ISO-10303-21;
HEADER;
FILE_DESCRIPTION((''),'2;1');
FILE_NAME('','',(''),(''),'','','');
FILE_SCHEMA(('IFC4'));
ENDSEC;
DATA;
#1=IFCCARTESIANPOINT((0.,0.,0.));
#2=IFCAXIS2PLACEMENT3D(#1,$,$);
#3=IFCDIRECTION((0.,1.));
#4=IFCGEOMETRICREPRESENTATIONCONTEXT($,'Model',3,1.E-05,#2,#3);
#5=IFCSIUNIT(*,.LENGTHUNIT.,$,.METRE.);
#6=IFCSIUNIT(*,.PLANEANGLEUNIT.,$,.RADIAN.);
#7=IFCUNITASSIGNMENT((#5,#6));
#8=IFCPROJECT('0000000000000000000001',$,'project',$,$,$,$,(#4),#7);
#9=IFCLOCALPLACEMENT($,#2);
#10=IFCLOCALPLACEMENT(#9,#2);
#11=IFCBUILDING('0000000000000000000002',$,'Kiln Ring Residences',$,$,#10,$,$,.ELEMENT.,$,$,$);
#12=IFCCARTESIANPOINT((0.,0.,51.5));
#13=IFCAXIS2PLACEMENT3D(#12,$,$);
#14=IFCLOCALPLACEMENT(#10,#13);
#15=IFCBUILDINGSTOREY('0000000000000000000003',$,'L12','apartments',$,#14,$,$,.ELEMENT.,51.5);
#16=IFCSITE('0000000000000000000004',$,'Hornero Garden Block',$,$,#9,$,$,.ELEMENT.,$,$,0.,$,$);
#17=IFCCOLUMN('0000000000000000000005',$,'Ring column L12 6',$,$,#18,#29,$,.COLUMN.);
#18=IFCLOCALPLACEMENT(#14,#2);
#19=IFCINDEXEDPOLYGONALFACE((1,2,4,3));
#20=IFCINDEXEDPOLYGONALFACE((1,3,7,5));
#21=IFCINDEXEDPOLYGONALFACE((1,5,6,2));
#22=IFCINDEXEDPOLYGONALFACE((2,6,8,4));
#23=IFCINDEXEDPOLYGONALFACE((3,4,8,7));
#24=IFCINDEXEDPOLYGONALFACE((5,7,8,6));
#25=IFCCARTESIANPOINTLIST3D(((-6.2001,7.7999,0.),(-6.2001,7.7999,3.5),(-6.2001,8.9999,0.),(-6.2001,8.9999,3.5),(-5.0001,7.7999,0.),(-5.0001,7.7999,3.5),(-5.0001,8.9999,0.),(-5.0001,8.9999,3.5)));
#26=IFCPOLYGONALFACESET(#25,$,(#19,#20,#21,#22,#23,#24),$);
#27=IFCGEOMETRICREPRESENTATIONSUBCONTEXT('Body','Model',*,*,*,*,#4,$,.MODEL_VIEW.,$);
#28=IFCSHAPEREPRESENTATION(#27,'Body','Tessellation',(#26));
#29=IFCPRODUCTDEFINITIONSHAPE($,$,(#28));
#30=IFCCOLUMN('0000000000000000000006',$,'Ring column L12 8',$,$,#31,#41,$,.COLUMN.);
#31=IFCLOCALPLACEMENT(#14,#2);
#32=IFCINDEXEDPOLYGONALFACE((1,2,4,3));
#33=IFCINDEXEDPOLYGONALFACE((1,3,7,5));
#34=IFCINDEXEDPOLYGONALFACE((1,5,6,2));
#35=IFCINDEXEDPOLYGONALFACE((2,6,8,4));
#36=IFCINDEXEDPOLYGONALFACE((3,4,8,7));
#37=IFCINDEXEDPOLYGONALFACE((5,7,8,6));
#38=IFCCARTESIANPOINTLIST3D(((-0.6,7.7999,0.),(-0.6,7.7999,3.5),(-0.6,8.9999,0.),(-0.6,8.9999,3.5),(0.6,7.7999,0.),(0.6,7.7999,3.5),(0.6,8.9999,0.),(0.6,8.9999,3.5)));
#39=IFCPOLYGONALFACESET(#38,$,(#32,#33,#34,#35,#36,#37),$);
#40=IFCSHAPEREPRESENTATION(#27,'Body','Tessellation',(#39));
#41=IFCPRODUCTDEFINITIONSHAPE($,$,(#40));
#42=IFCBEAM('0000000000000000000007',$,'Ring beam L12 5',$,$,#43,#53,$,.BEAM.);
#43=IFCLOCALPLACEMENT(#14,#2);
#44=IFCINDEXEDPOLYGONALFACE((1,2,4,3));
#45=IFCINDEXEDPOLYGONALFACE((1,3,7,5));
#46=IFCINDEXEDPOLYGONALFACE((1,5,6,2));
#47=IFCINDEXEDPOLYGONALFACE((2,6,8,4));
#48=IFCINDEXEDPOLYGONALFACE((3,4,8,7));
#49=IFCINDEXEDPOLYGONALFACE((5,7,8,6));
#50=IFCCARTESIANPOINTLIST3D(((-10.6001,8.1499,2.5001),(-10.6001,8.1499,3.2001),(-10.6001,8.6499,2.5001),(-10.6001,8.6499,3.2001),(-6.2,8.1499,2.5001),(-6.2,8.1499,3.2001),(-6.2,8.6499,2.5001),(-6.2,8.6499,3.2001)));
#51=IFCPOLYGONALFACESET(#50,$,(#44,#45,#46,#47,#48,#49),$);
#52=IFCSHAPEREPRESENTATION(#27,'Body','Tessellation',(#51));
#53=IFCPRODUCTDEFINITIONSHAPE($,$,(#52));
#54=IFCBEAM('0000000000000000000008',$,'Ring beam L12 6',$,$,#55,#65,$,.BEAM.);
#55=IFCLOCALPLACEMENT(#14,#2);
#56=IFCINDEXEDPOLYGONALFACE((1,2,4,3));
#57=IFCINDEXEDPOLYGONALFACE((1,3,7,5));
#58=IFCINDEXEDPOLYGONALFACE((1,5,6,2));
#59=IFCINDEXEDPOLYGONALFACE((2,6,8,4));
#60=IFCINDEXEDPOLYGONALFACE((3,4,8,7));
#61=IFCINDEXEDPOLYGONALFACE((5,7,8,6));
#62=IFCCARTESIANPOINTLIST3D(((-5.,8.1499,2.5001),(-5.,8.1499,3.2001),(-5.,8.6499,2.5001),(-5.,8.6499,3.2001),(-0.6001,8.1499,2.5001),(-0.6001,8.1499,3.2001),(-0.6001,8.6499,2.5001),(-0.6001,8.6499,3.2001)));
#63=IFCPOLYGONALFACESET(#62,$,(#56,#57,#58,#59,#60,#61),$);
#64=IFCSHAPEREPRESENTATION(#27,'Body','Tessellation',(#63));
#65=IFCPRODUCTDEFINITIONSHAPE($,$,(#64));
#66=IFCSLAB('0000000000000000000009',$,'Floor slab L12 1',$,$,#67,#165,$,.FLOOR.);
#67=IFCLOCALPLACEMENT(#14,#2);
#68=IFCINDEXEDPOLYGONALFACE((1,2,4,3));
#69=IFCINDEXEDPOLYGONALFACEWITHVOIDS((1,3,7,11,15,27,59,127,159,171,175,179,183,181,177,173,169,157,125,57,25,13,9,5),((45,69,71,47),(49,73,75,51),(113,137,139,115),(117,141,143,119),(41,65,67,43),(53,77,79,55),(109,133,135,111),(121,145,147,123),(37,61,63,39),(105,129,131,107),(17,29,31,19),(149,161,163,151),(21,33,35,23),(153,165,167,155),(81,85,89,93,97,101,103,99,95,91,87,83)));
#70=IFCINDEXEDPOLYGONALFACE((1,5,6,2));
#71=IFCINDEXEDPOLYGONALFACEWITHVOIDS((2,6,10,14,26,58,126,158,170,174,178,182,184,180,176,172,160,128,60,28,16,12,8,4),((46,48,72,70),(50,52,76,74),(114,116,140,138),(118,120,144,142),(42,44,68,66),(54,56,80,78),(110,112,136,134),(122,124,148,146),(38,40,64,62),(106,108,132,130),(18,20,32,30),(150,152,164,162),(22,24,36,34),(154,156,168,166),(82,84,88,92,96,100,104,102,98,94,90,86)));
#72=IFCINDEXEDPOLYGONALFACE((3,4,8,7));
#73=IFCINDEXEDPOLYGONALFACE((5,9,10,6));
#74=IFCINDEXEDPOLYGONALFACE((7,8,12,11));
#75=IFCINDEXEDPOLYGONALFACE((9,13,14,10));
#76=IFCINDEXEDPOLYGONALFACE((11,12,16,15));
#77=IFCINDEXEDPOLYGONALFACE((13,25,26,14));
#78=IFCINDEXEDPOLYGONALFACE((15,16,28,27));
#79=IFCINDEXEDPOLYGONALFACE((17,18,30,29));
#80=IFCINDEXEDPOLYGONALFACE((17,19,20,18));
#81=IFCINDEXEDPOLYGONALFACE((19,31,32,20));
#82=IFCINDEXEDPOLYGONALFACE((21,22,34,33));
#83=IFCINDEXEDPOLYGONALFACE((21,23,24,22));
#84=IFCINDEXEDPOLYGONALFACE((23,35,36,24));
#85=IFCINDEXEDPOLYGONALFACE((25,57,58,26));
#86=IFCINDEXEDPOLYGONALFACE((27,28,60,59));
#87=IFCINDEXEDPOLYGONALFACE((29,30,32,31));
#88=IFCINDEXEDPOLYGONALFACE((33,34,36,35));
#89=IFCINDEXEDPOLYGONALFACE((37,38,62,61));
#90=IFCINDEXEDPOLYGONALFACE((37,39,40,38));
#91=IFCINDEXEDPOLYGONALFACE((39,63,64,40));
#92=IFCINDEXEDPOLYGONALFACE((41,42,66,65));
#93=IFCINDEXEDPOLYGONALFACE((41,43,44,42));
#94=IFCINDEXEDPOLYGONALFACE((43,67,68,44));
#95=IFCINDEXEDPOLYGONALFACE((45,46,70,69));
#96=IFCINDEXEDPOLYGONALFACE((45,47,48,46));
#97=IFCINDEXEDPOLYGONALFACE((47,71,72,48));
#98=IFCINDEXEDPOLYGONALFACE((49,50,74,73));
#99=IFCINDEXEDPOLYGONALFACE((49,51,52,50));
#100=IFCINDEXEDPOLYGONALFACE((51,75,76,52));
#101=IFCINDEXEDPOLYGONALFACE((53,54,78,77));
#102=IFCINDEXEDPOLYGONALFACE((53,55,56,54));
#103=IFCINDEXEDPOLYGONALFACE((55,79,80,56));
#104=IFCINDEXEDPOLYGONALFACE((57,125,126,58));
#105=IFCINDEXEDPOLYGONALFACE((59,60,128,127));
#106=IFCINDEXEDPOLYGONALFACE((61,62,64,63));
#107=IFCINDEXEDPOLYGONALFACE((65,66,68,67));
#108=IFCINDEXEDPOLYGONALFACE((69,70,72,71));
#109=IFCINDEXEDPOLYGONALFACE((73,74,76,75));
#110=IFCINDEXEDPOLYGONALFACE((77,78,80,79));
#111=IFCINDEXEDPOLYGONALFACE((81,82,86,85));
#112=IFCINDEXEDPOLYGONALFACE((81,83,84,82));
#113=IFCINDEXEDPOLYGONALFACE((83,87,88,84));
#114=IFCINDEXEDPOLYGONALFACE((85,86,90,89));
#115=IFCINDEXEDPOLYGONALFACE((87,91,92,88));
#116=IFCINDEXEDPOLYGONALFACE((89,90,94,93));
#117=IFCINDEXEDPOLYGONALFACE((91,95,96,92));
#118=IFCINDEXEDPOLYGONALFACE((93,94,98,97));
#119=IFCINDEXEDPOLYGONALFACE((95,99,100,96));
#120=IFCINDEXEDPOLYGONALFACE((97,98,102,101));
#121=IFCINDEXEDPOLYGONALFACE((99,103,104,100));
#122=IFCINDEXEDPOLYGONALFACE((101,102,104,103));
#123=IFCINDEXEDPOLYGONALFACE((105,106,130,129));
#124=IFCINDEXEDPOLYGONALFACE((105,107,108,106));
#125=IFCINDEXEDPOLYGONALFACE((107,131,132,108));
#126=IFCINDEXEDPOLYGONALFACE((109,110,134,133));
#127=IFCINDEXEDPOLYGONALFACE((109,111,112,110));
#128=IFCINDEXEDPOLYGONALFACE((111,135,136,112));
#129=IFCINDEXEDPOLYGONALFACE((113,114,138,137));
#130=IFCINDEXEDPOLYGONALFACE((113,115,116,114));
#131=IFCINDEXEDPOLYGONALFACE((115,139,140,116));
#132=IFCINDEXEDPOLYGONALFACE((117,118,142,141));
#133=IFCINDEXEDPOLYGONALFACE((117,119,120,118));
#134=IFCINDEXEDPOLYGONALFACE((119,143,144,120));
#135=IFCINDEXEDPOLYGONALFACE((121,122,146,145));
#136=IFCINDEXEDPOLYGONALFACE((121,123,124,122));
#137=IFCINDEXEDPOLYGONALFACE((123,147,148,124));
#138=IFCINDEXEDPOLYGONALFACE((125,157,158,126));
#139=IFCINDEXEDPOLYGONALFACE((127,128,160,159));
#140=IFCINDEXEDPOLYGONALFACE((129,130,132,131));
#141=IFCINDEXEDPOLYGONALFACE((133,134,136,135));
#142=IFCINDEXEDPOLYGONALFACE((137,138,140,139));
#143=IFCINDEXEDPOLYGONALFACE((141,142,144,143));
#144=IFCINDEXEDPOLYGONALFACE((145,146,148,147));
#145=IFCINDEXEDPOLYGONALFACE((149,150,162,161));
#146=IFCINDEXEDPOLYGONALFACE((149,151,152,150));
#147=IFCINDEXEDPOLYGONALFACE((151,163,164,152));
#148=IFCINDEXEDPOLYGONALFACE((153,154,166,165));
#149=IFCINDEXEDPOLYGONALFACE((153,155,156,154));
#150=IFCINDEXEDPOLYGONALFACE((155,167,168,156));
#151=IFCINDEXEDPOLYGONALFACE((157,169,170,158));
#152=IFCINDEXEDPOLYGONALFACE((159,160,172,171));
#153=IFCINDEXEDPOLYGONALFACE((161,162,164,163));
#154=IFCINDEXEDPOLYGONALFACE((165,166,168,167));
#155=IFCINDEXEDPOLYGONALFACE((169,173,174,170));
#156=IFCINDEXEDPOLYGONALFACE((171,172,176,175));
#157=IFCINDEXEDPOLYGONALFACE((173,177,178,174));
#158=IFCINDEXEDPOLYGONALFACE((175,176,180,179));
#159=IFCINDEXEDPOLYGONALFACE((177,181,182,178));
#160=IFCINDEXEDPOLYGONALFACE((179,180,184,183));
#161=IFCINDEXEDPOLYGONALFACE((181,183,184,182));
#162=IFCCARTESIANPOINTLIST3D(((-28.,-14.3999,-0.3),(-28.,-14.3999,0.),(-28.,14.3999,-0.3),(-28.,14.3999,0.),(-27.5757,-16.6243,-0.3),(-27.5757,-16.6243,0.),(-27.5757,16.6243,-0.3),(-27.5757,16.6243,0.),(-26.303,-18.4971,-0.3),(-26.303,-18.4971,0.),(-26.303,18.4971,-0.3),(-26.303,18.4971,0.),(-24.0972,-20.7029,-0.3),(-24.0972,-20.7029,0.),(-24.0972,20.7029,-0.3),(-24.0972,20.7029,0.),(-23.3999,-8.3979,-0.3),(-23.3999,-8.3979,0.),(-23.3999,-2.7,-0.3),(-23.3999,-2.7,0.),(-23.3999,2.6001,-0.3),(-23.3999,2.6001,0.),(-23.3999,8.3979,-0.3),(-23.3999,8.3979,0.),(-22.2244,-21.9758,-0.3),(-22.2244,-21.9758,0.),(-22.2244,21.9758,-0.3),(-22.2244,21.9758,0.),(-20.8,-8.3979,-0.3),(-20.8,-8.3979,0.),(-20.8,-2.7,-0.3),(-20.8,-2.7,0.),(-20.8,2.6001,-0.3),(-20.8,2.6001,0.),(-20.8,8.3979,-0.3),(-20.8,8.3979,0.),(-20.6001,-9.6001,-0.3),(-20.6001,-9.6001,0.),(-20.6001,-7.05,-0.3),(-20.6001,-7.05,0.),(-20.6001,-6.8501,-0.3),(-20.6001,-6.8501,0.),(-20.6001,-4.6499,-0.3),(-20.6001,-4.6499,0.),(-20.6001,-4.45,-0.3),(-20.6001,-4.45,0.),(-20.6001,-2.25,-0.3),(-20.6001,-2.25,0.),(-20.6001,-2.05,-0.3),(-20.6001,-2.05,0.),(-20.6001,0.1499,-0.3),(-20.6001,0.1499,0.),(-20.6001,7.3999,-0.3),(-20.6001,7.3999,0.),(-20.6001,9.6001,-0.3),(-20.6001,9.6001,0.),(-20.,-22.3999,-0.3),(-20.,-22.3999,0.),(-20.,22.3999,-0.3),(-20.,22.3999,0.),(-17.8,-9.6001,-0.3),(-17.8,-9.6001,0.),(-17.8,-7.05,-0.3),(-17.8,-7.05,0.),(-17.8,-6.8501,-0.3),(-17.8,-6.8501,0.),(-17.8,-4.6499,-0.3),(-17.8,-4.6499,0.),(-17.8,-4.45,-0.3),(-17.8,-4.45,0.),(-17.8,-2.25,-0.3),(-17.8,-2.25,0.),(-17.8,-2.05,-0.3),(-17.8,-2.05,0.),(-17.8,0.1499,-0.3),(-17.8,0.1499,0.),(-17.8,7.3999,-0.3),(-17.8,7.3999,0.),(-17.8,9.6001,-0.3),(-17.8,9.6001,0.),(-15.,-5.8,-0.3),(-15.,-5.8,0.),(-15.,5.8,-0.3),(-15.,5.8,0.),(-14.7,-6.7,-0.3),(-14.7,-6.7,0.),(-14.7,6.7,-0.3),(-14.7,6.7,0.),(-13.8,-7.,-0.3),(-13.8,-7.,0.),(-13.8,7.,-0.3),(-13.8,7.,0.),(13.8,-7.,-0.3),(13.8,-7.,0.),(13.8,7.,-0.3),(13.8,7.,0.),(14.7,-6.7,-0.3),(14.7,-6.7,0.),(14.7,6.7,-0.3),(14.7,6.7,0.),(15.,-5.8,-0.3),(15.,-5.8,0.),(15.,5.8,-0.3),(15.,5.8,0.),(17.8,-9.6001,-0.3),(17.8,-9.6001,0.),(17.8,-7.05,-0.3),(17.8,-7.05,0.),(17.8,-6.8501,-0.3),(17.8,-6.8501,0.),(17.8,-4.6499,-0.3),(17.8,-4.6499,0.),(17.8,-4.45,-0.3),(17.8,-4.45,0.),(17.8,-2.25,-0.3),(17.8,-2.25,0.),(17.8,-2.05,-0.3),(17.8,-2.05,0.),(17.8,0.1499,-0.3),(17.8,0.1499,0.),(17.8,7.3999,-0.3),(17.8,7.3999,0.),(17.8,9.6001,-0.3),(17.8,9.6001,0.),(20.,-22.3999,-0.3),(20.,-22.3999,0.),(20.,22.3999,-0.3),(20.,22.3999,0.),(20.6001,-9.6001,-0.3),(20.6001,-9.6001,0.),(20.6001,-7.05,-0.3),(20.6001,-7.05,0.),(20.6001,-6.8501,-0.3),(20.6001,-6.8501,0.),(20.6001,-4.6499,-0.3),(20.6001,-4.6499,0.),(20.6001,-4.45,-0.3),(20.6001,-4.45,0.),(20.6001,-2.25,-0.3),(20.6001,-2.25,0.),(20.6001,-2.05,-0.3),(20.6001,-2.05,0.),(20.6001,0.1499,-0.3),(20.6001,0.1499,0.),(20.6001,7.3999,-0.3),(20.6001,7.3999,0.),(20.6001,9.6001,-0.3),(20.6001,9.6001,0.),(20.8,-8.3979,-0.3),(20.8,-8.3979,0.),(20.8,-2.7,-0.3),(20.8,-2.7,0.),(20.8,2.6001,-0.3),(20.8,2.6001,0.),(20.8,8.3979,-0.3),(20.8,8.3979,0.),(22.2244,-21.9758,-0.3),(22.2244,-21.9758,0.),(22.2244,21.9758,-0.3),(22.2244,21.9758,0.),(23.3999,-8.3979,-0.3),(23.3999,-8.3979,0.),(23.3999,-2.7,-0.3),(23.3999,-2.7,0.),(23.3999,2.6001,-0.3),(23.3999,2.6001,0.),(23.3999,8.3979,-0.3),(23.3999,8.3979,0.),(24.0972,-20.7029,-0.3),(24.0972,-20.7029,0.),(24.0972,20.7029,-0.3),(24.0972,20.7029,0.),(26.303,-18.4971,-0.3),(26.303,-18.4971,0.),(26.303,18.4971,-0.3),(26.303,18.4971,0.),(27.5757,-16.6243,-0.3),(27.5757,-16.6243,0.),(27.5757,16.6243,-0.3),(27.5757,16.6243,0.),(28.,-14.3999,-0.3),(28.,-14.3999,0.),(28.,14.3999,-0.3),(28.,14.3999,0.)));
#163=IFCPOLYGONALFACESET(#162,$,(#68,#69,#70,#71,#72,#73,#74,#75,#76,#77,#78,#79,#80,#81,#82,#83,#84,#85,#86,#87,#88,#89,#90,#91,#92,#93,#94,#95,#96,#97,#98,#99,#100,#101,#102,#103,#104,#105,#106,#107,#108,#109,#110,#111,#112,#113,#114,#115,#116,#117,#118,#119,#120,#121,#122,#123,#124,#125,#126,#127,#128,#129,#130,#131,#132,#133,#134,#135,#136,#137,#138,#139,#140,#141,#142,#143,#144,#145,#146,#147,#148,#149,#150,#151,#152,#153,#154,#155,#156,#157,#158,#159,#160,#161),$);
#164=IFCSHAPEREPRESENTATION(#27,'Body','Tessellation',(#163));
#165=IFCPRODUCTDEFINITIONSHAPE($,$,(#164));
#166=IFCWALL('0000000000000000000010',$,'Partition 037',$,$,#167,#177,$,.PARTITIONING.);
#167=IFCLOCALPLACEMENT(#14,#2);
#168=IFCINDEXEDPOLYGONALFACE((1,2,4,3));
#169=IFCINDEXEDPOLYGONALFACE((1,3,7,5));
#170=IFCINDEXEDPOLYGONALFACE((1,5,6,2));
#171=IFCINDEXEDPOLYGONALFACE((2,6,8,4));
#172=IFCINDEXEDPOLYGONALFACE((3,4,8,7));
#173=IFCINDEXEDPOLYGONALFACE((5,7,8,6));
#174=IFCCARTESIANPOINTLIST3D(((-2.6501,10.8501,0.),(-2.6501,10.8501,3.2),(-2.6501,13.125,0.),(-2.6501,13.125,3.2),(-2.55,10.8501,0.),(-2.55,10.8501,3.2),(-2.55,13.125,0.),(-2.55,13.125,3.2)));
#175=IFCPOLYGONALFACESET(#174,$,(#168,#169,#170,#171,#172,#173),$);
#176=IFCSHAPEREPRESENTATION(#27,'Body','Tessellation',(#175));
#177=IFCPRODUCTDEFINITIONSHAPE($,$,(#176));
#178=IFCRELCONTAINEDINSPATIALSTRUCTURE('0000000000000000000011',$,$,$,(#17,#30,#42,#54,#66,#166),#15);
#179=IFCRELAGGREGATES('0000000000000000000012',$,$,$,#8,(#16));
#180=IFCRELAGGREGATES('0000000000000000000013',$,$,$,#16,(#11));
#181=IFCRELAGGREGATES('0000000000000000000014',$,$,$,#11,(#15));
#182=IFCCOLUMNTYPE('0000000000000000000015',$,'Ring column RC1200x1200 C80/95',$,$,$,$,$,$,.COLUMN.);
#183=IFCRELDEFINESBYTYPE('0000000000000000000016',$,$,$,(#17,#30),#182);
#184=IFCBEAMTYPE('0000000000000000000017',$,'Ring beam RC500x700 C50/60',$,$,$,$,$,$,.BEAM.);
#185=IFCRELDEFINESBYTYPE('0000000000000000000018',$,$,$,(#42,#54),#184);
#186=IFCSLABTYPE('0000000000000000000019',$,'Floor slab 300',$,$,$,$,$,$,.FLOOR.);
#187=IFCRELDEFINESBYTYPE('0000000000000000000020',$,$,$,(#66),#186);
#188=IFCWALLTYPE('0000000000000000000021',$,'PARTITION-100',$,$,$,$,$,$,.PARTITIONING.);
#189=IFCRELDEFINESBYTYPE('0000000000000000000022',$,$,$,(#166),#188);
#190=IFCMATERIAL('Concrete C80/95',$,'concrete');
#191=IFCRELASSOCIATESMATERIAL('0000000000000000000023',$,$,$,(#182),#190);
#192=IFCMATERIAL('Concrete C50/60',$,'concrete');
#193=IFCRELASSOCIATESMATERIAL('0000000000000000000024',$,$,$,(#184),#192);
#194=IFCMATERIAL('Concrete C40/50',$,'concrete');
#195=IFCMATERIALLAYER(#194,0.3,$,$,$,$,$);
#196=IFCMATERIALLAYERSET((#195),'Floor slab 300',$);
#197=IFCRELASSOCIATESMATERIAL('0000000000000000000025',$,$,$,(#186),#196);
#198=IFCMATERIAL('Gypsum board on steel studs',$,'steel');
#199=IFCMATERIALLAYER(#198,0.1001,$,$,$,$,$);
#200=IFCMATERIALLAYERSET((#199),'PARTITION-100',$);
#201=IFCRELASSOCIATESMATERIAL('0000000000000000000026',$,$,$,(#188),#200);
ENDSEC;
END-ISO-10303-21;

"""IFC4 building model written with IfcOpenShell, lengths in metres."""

from ifc_helpers import new_model, si_unit, direction, frame, frame_2d, origin, origin_2d, place, context, subcontext, project, spatial, polyline, rectangle, outline, extrude, material, layer, layer_set, material_profile, profile_set, type_object, element, save


model = new_model("IFC4")

# Units and contexts
model_context = context("Model", 3, precision=1e-05, world=origin(), true_north=direction((0.0, 1.0)))
body_context = subcontext(model_context, "Body", "Model", "MODEL_VIEW")
ifc_project = project(units=[si_unit("LENGTHUNIT", "METRE"), si_unit("PLANEANGLEUNIT", "RADIAN")], contexts=[model_context])

# Site, building, storey
site_placement = place(None, origin())
site = spatial("IfcSite", under=ifc_project, at=site_placement, Name="Hornero Garden Block", CompositionType="ELEMENT", RefElevation=0.0)
building_placement = place(site_placement, origin())
building = spatial("IfcBuilding", under=site, at=building_placement, Name="Kiln Ring Residences", CompositionType="ELEMENT")
storey_placement = place(building_placement, frame((0.0, 0.0, 51.5)))
storey = spatial("IfcBuildingStorey", under=building, at=storey_placement, Name="L12", Description="apartments", CompositionType="ELEMENT", Elevation=51.5)

# Columns
ifc_material_1 = material(Name="Concrete C80/95", Category="concrete")
ifc_material_profile_1 = material_profile(ifc_material_1, rectangle(XDim=1.2, YDim=1.2, at=origin_2d()), Name="RC1200x1200")
ifc_profile_set_1 = profile_set([ifc_material_profile_1], Name="Concrete C80/95")
column_type = type_object("IfcColumnType", Name="Ring column RC1200x1200 C80/95", PredefinedType="COLUMN", material=ifc_profile_set_1)
for number, where, z_axis, x_axis, name in (
    (1, (-5.6001, 8.3999, 0.0), (0.0, 0.0, 1.0), (1.0, 0.0, 0.0), "Ring column L12 6"),
    (2, (0.0, 8.3999, 0.0), (0.0, 0.0, 1.0), (1.0, 0.0, 0.0), "Ring column L12 8"),
):
    element("IfcColumn", number, at=place(storey_placement, frame(where, z_axis=z_axis, x_axis=x_axis)), inside=storey, type_object=column_type, Name=name, PredefinedType="COLUMN", context=body_context, shape_type="SweptSolid", body=[
        extrude(rectangle(XDim=1.2, YDim=1.2, at=origin_2d()), origin(), (0.0, 0.0, 1.0), 3.5),
    ])

# Beams
ifc_material_2 = material(Name="Concrete C50/60", Category="concrete")
ifc_material_profile_2 = material_profile(ifc_material_2, rectangle(XDim=0.5, YDim=0.7, at=origin_2d()), Name="RC500x700")
ifc_profile_set_2 = profile_set([ifc_material_profile_2], Name="Concrete C50/60")
beam_type = type_object("IfcBeamType", Name="Ring beam RC500x700 C50/60", PredefinedType="BEAM", material=ifc_profile_set_2)
beam_1_placement = place(storey_placement, frame((-10.6001, 8.3999, 2.8501), z_axis=(1.0, 0.0, 0.0), x_axis=(0.0, 1.0, 0.0)))
element("IfcBeam", 3, at=beam_1_placement, inside=storey, type_object=beam_type, Name="Ring beam L12 5", PredefinedType="BEAM", context=body_context, shape_type="SweptSolid", body=[
    extrude(rectangle(XDim=0.5, YDim=0.7, at=origin_2d()), origin(), (0.0, 0.0, 1.0), 4.4001),
])
beam_2_placement = place(storey_placement, frame((-5.0, 8.3999, 2.8501), z_axis=(1.0, 0.0, 0.0), x_axis=(0.0, 1.0, 0.0)))
element("IfcBeam", 4, at=beam_2_placement, inside=storey, type_object=beam_type, Name="Ring beam L12 6", PredefinedType="BEAM", context=body_context, shape_type="SweptSolid", body=[
    extrude(rectangle(XDim=0.5, YDim=0.7, at=origin_2d()), origin(), (0.0, 0.0, 1.0), 4.3999),
])

# Slab
ifc_material_3 = material(Name="Concrete C40/50", Category="concrete")
ifc_layer_1 = layer(ifc_material_3, 0.3)
ifc_layer_set_1 = layer_set([ifc_layer_1], Name="Floor slab 300")
slab_type = type_object("IfcSlabType", Name="Floor slab 300", PredefinedType="FLOOR", material=ifc_layer_set_1)
slab_placement = place(storey_placement, frame((0.0, 0.0, -0.3)))
element("IfcSlab", 5, at=slab_placement, inside=storey, type_object=slab_type, Name="Floor slab L12 1", PredefinedType="FLOOR", context=body_context, shape_type="SweptSolid", body=[
    extrude(outline(polyline([(-26.303, -18.4971), (-24.0972, -20.7029), (-22.2244, -21.9758), (-20.0, -22.3999), (20.0, -22.3999), (22.2244, -21.9758), (24.0972, -20.7029), (26.303, -18.4971), (27.5757, -16.6243), (28.0, -14.3999), (28.0, 14.3999), (27.5757, 16.6243), (26.303, 18.4971), (24.0972, 20.7029), (22.2244, 21.9758), (20.0, 22.3999), (-20.0, 22.3999), (-22.2244, 21.9758), (-24.0972, 20.7029), (-26.303, 18.4971), (-27.5757, 16.6243), (-28.0, 14.3999), (-28.0, -14.3999), (-27.5757, -16.6243), (-26.303, -18.4971)]), holes=[polyline([(-14.7, -6.7), (-15.0, -5.8), (-15.0, 5.8), (-14.7, 6.7), (-13.8, 7.0), (13.8, 7.0), (14.7, 6.7), (15.0, 5.8), (15.0, -5.8), (14.7, -6.7), (13.8, -7.0), (-13.8, -7.0), (-14.7, -6.7)]), polyline([(20.8, -8.3979), (20.8, -2.7), (23.3999, -2.7), (23.3999, -8.3979), (20.8, -8.3979)]), polyline([(20.8, 2.6001), (20.8, 8.3979), (23.3999, 8.3979), (23.3999, 2.6001), (20.8, 2.6001)]), polyline([(17.8, -6.8501), (17.8, -4.6499), (20.6001, -4.6499), (20.6001, -6.8501), (17.8, -6.8501)]), polyline([(17.8, -4.45), (17.8, -2.25), (20.6001, -2.25), (20.6001, -4.45), (17.8, -4.45)]), polyline([(17.8, -2.05), (17.8, 0.1499), (20.6001, 0.1499), (20.6001, -2.05), (17.8, -2.05)]), polyline([(17.8, 7.3999), (17.8, 9.6001), (20.6001, 9.6001), (20.6001, 7.3999), (17.8, 7.3999)]), polyline([(20.6001, -9.6001), (17.8, -9.6001), (17.8, -7.05), (20.6001, -7.05), (20.6001, -9.6001)]), polyline([(-17.8, -7.05), (-17.8, -9.6001), (-20.6001, -9.6001), (-20.6001, -7.05), (-17.8, -7.05)]), polyline([(-17.8, -6.8501), (-20.6001, -6.8501), (-20.6001, -4.6499), (-17.8, -4.6499), (-17.8, -6.8501)]), polyline([(-17.8, -4.45), (-20.6001, -4.45), (-20.6001, -2.25), (-17.8, -2.25), (-17.8, -4.45)]), polyline([(-17.8, -2.05), (-20.6001, -2.05), (-20.6001, 0.1499), (-17.8, 0.1499), (-17.8, -2.05)]), polyline([(-17.8, 7.3999), (-20.6001, 7.3999), (-20.6001, 9.6001), (-17.8, 9.6001), (-17.8, 7.3999)]), polyline([(-20.8, -8.3979), (-23.3999, -8.3979), (-23.3999, -2.7), (-20.8, -2.7), (-20.8, -8.3979)]), polyline([(-20.8, 2.6001), (-23.3999, 2.6001), (-23.3999, 8.3979), (-20.8, 8.3979), (-20.8, 2.6001)])]), origin(), (0.0, 0.0, 1.0), 0.3),
])

# Wall
ifc_material_4 = material(Name="Gypsum board on steel studs", Category="steel")
ifc_layer_2 = layer(ifc_material_4, 0.1001)
ifc_layer_set_2 = layer_set([ifc_layer_2], Name="PARTITION-100")
wall_type_1 = type_object("IfcWallType", Name="PARTITION-100", PredefinedType="PARTITIONING", material=ifc_layer_set_2)
wall_1_placement = place(storey_placement, frame((-2.6001, 10.8501, 0.0), z_axis=(0.0, 0.0, 1.0), x_axis=(0.0, 1.0, 0.0)))
element("IfcWall", 6, at=wall_1_placement, inside=storey, type_object=wall_type_1, Name="Partition 037", PredefinedType="PARTITIONING", context=body_context, shape_type="SweptSolid", body=[
    extrude(rectangle(XDim=2.2749, YDim=0.1001, at=frame_2d((1.1375, 0.0))), origin(), (0.0, 0.0, 1.0), 3.2),
])

save(model, "model.ifc")
